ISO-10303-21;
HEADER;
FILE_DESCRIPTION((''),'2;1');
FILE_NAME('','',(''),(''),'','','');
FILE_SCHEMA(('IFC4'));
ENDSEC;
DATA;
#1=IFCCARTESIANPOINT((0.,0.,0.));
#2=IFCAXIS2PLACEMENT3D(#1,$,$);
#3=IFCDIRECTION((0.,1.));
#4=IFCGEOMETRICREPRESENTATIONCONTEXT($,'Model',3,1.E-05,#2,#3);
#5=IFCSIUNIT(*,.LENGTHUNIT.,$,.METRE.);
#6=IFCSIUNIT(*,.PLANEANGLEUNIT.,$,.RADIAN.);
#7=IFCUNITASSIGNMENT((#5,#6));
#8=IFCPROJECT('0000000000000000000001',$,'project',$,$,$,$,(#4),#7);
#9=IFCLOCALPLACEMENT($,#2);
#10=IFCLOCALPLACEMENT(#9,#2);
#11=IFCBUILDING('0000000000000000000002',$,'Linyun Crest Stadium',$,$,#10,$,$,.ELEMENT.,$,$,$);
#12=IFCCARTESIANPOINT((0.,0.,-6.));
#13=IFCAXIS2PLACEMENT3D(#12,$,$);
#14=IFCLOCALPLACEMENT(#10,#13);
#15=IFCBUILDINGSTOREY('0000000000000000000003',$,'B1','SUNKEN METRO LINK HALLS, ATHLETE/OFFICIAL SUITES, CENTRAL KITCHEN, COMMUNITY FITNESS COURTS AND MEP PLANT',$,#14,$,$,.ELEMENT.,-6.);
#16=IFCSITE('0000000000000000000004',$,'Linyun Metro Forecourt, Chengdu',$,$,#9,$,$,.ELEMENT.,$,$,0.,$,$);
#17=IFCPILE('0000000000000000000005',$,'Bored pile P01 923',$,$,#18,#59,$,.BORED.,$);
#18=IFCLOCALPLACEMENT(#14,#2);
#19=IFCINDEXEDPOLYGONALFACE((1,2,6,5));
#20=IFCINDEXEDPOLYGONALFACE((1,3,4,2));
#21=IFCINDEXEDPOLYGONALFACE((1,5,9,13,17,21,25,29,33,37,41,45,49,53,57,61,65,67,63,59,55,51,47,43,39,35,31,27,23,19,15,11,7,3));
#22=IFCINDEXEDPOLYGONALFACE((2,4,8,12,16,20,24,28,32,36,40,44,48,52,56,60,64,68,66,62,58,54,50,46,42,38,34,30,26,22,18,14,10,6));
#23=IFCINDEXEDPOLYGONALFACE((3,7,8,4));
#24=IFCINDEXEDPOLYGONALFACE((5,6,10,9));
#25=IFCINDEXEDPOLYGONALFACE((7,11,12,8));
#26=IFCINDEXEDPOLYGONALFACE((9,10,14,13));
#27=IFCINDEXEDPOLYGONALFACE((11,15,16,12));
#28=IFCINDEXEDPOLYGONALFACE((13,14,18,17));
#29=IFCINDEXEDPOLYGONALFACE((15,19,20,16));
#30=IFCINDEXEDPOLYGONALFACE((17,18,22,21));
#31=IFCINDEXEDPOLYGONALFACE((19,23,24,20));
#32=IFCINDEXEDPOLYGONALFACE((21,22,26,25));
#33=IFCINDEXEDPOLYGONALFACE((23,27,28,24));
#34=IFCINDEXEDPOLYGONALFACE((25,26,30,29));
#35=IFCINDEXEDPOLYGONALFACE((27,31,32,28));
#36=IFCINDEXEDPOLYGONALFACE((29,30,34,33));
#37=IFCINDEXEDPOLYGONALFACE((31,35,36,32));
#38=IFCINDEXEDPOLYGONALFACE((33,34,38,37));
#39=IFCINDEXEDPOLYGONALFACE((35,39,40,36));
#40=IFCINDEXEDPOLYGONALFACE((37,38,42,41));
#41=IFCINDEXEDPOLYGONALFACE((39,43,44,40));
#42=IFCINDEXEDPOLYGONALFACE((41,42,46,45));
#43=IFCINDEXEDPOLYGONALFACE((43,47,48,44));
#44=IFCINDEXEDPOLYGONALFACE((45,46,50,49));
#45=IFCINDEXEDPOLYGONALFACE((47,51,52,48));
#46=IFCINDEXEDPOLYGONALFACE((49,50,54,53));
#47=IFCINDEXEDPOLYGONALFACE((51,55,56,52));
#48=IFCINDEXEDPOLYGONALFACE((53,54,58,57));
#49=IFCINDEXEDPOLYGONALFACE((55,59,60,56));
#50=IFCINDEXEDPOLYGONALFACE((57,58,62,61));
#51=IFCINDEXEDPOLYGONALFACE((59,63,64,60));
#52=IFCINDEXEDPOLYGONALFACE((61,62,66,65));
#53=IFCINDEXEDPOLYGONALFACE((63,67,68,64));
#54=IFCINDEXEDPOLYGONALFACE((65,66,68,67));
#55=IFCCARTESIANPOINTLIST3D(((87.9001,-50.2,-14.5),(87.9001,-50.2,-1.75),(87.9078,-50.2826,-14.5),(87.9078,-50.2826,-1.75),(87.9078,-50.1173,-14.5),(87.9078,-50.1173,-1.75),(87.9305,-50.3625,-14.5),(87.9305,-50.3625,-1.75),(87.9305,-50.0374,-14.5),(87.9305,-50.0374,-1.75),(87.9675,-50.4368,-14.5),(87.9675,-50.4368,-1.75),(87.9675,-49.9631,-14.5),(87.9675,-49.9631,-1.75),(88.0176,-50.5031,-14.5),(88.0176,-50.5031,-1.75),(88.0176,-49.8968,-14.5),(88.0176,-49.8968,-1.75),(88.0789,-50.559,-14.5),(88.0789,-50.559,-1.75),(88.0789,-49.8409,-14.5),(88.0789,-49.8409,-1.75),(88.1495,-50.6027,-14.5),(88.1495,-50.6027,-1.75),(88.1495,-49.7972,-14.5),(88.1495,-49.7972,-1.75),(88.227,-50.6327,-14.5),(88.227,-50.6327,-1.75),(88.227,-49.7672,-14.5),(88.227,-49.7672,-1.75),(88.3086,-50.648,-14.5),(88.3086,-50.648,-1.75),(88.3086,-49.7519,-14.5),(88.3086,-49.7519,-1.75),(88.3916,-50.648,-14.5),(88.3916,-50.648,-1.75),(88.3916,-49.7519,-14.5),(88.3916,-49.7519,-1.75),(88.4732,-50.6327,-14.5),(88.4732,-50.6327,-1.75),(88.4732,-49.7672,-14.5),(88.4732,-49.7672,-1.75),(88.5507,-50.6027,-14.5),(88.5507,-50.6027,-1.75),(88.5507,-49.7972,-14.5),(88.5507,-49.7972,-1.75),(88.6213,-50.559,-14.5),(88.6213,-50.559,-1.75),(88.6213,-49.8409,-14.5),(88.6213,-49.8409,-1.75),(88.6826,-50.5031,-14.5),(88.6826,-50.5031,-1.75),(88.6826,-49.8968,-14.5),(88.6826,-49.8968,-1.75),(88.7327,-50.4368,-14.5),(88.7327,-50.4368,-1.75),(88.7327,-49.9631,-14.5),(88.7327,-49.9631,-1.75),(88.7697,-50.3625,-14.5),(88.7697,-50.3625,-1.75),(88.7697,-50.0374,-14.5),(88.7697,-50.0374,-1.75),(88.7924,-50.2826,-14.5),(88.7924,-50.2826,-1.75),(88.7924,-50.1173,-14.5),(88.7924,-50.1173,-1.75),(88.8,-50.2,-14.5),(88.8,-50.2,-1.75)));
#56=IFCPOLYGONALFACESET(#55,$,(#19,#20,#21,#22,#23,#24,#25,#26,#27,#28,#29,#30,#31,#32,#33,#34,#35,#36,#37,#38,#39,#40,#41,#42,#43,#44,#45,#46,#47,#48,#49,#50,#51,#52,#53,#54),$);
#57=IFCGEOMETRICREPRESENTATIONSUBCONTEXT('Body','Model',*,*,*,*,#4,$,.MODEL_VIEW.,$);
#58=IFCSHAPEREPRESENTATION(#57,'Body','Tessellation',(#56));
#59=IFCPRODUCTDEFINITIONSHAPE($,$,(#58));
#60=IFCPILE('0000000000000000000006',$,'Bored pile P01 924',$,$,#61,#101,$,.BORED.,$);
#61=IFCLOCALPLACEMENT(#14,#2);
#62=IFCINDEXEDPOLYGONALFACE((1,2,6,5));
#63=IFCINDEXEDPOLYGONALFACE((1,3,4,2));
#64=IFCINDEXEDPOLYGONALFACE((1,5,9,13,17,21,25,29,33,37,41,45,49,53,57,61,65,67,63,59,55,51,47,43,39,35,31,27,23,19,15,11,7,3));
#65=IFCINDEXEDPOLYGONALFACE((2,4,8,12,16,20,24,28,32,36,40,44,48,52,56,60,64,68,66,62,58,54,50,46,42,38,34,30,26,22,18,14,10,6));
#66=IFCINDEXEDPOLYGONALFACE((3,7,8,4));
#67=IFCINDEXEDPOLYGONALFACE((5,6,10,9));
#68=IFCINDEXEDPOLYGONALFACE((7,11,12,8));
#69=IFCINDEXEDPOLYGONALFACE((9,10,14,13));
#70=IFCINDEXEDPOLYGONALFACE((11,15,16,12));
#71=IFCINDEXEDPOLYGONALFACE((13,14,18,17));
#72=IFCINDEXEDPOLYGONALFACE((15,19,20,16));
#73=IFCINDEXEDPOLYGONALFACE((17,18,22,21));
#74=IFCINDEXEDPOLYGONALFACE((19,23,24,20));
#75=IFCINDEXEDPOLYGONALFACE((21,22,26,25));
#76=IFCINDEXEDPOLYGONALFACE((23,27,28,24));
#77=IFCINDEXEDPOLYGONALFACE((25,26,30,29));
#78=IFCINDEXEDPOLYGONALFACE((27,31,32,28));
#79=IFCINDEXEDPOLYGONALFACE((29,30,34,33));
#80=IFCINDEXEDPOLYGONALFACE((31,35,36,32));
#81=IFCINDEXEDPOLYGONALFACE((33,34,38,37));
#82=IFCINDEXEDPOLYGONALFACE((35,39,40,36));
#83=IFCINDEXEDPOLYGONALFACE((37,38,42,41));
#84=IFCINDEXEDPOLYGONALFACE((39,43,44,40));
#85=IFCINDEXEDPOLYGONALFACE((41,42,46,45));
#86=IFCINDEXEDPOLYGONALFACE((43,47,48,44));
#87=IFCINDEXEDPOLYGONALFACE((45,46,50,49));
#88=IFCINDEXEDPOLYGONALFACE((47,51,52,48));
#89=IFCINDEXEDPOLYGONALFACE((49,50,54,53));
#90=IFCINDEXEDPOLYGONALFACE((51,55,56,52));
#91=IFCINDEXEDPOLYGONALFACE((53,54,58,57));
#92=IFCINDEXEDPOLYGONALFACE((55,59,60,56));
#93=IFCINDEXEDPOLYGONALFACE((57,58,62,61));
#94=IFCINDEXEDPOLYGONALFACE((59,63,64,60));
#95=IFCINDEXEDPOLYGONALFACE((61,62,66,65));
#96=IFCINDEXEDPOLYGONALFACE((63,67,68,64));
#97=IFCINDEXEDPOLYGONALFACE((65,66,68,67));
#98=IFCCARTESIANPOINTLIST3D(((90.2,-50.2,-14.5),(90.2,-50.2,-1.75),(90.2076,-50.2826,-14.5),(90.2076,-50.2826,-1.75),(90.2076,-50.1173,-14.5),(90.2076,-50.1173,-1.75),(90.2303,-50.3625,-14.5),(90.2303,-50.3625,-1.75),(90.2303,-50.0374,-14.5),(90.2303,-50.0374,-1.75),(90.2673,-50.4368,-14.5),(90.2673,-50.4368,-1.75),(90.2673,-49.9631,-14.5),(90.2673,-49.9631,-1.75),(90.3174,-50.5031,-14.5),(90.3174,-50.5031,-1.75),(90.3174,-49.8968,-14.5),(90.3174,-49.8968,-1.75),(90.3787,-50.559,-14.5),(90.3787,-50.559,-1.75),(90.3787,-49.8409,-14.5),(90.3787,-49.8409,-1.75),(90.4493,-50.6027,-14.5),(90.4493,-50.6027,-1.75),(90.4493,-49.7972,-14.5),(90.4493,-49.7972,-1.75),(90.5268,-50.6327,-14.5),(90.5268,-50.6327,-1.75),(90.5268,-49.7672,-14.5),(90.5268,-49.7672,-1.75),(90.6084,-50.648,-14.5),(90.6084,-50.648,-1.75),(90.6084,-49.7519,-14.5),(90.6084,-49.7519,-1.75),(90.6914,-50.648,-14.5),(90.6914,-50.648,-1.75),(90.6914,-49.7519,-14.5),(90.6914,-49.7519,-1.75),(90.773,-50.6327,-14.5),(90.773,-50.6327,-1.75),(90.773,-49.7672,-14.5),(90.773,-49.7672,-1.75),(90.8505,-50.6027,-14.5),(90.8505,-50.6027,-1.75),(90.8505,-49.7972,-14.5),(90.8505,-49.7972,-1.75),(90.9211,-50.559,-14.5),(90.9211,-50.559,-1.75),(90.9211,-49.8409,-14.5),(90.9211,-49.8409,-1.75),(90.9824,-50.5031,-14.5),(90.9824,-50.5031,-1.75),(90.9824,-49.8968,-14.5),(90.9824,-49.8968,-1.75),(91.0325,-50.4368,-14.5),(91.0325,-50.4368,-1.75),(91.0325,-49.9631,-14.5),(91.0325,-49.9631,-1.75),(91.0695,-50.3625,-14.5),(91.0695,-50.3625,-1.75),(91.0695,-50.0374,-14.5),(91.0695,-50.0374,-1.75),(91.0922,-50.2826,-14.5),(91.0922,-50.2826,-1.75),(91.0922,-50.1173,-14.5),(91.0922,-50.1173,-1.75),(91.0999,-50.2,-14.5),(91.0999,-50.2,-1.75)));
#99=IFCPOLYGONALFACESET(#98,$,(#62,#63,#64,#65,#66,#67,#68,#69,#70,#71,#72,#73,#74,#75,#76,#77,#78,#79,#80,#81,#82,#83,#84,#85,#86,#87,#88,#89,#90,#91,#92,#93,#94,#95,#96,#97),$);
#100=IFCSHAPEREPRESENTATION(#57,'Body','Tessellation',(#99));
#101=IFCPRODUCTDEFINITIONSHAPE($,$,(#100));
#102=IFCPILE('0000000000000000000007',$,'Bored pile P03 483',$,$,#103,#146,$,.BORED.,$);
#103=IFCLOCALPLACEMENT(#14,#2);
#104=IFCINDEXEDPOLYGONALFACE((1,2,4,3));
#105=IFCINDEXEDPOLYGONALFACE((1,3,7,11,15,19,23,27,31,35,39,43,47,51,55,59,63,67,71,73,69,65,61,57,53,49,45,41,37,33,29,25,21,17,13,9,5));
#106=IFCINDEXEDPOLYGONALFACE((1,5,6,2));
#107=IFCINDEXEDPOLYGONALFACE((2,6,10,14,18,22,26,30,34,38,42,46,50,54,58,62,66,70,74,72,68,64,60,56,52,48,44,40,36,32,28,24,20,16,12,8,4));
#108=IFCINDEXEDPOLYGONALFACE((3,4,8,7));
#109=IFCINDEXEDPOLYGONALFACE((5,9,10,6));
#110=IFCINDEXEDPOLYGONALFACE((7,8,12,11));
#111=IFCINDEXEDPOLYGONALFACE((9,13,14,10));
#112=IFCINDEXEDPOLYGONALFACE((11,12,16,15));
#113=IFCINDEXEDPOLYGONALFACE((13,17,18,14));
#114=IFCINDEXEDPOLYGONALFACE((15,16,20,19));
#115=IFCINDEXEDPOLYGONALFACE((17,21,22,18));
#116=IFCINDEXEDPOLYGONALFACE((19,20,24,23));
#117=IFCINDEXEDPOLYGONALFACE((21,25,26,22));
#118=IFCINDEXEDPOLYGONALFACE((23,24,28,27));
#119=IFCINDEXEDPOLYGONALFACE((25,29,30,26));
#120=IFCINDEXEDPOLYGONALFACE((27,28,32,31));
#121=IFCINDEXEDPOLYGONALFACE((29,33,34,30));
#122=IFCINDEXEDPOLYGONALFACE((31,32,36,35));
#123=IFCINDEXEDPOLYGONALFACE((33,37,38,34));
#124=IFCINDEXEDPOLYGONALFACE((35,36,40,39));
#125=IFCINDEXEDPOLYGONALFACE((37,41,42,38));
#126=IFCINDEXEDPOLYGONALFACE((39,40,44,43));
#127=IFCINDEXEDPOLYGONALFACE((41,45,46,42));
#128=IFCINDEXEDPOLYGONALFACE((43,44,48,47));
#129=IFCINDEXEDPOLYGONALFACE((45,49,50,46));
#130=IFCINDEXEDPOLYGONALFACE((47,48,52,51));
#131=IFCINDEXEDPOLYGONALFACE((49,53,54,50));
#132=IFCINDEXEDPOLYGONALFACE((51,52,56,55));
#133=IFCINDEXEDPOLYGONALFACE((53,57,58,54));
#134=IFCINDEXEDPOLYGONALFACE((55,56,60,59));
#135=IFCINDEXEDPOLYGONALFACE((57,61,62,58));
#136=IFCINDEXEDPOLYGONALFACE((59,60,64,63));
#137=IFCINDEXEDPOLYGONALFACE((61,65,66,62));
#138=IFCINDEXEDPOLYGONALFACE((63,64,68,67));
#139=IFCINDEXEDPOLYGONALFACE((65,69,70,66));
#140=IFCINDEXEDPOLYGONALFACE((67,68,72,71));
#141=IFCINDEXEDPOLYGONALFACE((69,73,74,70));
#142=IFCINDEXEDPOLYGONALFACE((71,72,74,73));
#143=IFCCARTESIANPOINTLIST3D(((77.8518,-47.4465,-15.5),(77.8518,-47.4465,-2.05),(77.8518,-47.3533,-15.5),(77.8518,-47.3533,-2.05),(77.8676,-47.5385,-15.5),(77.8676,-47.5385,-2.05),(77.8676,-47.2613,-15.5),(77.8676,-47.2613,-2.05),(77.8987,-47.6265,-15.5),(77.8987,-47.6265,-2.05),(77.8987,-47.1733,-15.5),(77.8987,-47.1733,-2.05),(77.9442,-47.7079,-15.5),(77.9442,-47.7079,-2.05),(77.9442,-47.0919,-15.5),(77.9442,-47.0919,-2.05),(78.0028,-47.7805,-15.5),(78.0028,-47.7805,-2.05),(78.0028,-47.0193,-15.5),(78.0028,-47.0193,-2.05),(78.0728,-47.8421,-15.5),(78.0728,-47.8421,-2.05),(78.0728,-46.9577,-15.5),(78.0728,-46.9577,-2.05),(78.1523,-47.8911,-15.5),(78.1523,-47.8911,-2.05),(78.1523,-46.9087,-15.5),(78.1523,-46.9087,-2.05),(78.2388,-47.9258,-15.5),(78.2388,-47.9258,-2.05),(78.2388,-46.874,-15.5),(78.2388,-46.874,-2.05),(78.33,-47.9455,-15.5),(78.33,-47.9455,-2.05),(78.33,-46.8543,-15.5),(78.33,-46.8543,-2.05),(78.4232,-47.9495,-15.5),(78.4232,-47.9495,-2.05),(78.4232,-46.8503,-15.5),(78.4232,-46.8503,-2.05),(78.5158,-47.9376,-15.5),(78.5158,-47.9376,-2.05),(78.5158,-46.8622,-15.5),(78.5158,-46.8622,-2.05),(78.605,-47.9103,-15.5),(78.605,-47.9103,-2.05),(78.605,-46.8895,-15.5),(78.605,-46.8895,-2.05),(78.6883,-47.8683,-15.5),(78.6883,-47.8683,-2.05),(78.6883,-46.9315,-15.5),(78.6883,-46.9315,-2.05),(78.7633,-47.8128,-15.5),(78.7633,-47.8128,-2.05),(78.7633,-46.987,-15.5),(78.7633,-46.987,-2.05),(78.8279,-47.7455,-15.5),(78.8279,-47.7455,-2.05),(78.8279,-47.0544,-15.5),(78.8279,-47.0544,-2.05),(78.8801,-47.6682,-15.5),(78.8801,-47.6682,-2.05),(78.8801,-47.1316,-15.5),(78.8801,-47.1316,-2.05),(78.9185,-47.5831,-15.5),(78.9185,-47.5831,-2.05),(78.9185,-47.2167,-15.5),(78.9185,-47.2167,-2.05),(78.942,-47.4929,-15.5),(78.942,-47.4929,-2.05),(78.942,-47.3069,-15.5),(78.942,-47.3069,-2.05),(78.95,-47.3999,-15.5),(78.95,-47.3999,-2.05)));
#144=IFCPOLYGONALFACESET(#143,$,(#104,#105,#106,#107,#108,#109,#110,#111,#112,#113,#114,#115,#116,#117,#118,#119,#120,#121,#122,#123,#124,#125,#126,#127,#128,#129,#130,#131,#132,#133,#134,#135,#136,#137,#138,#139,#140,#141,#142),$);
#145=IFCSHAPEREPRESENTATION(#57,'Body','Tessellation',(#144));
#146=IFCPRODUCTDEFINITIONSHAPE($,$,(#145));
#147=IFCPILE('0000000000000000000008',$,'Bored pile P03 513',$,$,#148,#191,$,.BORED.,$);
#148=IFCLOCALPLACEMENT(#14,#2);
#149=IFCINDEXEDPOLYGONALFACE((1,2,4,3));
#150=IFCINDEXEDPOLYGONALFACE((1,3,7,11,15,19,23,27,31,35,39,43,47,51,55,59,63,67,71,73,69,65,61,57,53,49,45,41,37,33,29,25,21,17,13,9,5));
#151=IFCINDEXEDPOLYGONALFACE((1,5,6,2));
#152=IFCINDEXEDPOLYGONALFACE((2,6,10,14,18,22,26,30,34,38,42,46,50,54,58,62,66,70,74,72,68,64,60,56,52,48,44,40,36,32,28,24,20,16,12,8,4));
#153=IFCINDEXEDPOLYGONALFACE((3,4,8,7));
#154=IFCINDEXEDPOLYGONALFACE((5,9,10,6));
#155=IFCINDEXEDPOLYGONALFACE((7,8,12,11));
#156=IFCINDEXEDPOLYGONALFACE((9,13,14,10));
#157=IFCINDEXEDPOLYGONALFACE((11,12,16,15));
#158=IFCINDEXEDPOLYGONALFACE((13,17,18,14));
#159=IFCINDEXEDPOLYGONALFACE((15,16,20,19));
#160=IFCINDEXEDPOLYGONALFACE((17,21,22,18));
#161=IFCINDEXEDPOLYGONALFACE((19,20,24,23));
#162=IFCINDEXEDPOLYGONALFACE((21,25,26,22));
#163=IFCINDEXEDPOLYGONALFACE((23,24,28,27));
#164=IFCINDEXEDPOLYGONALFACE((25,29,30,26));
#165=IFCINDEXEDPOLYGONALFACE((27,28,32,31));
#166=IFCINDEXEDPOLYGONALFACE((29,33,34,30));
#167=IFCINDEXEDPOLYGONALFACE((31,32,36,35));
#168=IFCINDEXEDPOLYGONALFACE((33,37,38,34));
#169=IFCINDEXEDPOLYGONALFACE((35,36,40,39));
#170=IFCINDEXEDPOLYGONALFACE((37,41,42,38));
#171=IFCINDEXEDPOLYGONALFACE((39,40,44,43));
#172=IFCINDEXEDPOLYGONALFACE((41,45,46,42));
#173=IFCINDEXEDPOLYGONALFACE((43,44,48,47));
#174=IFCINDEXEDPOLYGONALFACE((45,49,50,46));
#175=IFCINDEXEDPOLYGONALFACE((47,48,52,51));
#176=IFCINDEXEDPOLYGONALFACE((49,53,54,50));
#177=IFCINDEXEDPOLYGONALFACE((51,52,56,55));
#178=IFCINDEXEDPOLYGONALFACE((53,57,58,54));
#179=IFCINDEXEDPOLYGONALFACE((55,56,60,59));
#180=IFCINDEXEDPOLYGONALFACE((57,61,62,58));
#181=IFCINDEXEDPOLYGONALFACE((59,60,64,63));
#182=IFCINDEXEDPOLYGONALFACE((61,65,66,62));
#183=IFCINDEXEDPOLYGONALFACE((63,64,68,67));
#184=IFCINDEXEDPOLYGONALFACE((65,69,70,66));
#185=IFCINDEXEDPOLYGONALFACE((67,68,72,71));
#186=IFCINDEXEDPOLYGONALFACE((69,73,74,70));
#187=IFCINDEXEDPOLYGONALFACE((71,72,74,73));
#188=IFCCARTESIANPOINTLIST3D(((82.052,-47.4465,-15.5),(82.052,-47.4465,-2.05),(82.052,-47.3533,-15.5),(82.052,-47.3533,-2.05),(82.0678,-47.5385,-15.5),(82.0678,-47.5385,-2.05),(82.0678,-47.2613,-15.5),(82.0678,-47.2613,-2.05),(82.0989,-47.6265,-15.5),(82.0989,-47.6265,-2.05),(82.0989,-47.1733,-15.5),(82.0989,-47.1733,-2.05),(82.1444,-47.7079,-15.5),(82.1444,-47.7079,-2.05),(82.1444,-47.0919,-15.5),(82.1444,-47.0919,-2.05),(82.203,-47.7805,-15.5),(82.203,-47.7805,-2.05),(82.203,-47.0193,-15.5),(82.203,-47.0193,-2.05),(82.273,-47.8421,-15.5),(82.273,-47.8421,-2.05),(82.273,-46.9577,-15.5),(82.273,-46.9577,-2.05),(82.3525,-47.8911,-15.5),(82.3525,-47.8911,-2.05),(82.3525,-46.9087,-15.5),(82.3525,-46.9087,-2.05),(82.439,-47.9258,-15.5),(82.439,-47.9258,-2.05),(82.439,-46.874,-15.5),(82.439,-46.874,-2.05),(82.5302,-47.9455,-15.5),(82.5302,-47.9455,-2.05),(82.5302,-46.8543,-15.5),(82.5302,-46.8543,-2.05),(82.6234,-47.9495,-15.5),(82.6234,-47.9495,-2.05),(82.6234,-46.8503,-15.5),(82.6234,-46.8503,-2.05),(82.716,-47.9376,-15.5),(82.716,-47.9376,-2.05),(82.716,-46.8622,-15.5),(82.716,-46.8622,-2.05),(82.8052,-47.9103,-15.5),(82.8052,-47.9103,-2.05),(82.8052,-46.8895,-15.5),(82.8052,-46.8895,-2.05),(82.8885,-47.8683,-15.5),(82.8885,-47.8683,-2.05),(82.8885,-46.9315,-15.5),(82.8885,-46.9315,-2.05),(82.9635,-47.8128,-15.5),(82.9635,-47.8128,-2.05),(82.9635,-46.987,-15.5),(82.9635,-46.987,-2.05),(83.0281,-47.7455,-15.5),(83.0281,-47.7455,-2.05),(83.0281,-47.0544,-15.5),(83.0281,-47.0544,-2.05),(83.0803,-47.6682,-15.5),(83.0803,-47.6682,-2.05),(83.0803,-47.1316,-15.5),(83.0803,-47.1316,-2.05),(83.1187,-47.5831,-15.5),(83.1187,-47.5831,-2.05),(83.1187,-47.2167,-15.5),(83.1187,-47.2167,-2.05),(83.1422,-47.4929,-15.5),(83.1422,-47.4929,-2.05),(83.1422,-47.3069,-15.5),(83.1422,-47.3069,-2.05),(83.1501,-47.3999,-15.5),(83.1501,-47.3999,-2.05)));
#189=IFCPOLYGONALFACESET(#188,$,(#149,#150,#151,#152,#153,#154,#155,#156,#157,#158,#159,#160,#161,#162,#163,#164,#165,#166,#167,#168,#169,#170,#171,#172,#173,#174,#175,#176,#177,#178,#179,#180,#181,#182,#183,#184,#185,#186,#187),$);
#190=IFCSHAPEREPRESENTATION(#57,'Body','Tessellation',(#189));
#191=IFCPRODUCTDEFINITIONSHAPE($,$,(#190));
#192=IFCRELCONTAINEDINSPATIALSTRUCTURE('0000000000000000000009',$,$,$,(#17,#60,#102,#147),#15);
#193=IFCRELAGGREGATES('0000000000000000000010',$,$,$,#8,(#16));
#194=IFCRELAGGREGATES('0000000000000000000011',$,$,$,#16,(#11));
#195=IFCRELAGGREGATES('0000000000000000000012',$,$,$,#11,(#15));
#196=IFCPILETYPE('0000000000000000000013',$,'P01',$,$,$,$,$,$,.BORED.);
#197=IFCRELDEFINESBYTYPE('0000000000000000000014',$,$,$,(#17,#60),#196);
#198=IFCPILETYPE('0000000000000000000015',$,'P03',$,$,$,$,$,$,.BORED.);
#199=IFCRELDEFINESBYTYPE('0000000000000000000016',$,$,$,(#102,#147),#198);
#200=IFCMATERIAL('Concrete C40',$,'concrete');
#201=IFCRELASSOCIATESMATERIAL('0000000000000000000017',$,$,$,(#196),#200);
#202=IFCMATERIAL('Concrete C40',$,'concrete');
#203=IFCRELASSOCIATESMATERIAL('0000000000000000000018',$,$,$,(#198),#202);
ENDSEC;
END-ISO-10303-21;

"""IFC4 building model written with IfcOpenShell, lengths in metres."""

from ifc_helpers import new_model, si_unit, direction, frame, origin, origin_2d, place, context, subcontext, project, spatial, circle, extrude, material, material_profile, profile_set, type_object, element, save


model = new_model("IFC4")

# Units and contexts
model_context = context("Model", 3, precision=1e-05, world=origin(), true_north=direction((0.0, 1.0)))
body_context = subcontext(model_context, "Body", "Model", "MODEL_VIEW")
ifc_project = project(units=[si_unit("LENGTHUNIT", "METRE"), si_unit("PLANEANGLEUNIT", "RADIAN")], contexts=[model_context])

# Site, building, storey
site_placement = place(None, origin())
site = spatial("IfcSite", under=ifc_project, at=site_placement, Name="Linyun Metro Forecourt, Chengdu", CompositionType="ELEMENT", RefElevation=0.0)
building_placement = place(site_placement, origin())
building = spatial("IfcBuilding", under=site, at=building_placement, Name="Linyun Crest Stadium", CompositionType="ELEMENT")
storey_placement = place(building_placement, frame((0.0, 0.0, -6.0)))
storey = spatial("IfcBuildingStorey", under=building, at=storey_placement, Name="B1", Description="SUNKEN METRO LINK HALLS, ATHLETE/OFFICIAL SUITES, CENTRAL KITCHEN, COMMUNITY FITNESS COURTS AND MEP PLANT", CompositionType="ELEMENT", Elevation=-6.0)

# Piles
ifc_material_1 = material(Name="Concrete C40", Category="concrete")
ifc_material_profile_1 = material_profile(ifc_material_1, circle(Radius=0.45, at=origin_2d()), Name="BORED PILE 900")
ifc_profile_set_1 = profile_set([ifc_material_profile_1], Name="Concrete C40")
pile_type_1 = type_object("IfcPileType", Name="P01", PredefinedType="BORED", material=ifc_profile_set_1)
for number, where, z_axis, x_axis, name in (
    (1, (88.3501, -50.2, -1.75), (0.0, 0.0, -1.0), (1.0, 0.0, 0.0), "Bored pile P01 923"),
    (2, (90.6499, -50.2, -1.75), (0.0, 0.0, -1.0), (1.0, 0.0, 0.0), "Bored pile P01 924"),
):
    element("IfcPile", number, at=place(storey_placement, frame(where, z_axis=z_axis, x_axis=x_axis)), inside=storey, type_object=pile_type_1, Name=name, PredefinedType="BORED", context=body_context, shape_type="SweptSolid", body=[
        extrude(circle(Radius=0.45, at=origin_2d()), origin(), (0.0, 0.0, 1.0), 12.75),
    ])
ifc_material_2 = material(Name="Concrete C40", Category="concrete")
ifc_material_profile_2 = material_profile(ifc_material_2, circle(Radius=0.55, at=origin_2d()), Name="BORED PILE 1100")
ifc_profile_set_2 = profile_set([ifc_material_profile_2], Name="Concrete C40")
pile_type_2 = type_object("IfcPileType", Name="P03", PredefinedType="BORED", material=ifc_profile_set_2)
for number, where, z_axis, x_axis, name in (
    (3, (78.3999, -47.3999, -2.05), (0.0, 0.0, -1.0), (1.0, 0.0, 0.0), "Bored pile P03 483"),
    (4, (82.6001, -47.3999, -2.05), (0.0, 0.0, -1.0), (1.0, 0.0, 0.0), "Bored pile P03 513"),
):
    element("IfcPile", number, at=place(storey_placement, frame(where, z_axis=z_axis, x_axis=x_axis)), inside=storey, type_object=pile_type_2, Name=name, PredefinedType="BORED", context=body_context, shape_type="SweptSolid", body=[
        extrude(circle(Radius=0.55, at=origin_2d()), origin(), (0.0, 0.0, 1.0), 13.45),
    ])

save(model, "model.ifc")
